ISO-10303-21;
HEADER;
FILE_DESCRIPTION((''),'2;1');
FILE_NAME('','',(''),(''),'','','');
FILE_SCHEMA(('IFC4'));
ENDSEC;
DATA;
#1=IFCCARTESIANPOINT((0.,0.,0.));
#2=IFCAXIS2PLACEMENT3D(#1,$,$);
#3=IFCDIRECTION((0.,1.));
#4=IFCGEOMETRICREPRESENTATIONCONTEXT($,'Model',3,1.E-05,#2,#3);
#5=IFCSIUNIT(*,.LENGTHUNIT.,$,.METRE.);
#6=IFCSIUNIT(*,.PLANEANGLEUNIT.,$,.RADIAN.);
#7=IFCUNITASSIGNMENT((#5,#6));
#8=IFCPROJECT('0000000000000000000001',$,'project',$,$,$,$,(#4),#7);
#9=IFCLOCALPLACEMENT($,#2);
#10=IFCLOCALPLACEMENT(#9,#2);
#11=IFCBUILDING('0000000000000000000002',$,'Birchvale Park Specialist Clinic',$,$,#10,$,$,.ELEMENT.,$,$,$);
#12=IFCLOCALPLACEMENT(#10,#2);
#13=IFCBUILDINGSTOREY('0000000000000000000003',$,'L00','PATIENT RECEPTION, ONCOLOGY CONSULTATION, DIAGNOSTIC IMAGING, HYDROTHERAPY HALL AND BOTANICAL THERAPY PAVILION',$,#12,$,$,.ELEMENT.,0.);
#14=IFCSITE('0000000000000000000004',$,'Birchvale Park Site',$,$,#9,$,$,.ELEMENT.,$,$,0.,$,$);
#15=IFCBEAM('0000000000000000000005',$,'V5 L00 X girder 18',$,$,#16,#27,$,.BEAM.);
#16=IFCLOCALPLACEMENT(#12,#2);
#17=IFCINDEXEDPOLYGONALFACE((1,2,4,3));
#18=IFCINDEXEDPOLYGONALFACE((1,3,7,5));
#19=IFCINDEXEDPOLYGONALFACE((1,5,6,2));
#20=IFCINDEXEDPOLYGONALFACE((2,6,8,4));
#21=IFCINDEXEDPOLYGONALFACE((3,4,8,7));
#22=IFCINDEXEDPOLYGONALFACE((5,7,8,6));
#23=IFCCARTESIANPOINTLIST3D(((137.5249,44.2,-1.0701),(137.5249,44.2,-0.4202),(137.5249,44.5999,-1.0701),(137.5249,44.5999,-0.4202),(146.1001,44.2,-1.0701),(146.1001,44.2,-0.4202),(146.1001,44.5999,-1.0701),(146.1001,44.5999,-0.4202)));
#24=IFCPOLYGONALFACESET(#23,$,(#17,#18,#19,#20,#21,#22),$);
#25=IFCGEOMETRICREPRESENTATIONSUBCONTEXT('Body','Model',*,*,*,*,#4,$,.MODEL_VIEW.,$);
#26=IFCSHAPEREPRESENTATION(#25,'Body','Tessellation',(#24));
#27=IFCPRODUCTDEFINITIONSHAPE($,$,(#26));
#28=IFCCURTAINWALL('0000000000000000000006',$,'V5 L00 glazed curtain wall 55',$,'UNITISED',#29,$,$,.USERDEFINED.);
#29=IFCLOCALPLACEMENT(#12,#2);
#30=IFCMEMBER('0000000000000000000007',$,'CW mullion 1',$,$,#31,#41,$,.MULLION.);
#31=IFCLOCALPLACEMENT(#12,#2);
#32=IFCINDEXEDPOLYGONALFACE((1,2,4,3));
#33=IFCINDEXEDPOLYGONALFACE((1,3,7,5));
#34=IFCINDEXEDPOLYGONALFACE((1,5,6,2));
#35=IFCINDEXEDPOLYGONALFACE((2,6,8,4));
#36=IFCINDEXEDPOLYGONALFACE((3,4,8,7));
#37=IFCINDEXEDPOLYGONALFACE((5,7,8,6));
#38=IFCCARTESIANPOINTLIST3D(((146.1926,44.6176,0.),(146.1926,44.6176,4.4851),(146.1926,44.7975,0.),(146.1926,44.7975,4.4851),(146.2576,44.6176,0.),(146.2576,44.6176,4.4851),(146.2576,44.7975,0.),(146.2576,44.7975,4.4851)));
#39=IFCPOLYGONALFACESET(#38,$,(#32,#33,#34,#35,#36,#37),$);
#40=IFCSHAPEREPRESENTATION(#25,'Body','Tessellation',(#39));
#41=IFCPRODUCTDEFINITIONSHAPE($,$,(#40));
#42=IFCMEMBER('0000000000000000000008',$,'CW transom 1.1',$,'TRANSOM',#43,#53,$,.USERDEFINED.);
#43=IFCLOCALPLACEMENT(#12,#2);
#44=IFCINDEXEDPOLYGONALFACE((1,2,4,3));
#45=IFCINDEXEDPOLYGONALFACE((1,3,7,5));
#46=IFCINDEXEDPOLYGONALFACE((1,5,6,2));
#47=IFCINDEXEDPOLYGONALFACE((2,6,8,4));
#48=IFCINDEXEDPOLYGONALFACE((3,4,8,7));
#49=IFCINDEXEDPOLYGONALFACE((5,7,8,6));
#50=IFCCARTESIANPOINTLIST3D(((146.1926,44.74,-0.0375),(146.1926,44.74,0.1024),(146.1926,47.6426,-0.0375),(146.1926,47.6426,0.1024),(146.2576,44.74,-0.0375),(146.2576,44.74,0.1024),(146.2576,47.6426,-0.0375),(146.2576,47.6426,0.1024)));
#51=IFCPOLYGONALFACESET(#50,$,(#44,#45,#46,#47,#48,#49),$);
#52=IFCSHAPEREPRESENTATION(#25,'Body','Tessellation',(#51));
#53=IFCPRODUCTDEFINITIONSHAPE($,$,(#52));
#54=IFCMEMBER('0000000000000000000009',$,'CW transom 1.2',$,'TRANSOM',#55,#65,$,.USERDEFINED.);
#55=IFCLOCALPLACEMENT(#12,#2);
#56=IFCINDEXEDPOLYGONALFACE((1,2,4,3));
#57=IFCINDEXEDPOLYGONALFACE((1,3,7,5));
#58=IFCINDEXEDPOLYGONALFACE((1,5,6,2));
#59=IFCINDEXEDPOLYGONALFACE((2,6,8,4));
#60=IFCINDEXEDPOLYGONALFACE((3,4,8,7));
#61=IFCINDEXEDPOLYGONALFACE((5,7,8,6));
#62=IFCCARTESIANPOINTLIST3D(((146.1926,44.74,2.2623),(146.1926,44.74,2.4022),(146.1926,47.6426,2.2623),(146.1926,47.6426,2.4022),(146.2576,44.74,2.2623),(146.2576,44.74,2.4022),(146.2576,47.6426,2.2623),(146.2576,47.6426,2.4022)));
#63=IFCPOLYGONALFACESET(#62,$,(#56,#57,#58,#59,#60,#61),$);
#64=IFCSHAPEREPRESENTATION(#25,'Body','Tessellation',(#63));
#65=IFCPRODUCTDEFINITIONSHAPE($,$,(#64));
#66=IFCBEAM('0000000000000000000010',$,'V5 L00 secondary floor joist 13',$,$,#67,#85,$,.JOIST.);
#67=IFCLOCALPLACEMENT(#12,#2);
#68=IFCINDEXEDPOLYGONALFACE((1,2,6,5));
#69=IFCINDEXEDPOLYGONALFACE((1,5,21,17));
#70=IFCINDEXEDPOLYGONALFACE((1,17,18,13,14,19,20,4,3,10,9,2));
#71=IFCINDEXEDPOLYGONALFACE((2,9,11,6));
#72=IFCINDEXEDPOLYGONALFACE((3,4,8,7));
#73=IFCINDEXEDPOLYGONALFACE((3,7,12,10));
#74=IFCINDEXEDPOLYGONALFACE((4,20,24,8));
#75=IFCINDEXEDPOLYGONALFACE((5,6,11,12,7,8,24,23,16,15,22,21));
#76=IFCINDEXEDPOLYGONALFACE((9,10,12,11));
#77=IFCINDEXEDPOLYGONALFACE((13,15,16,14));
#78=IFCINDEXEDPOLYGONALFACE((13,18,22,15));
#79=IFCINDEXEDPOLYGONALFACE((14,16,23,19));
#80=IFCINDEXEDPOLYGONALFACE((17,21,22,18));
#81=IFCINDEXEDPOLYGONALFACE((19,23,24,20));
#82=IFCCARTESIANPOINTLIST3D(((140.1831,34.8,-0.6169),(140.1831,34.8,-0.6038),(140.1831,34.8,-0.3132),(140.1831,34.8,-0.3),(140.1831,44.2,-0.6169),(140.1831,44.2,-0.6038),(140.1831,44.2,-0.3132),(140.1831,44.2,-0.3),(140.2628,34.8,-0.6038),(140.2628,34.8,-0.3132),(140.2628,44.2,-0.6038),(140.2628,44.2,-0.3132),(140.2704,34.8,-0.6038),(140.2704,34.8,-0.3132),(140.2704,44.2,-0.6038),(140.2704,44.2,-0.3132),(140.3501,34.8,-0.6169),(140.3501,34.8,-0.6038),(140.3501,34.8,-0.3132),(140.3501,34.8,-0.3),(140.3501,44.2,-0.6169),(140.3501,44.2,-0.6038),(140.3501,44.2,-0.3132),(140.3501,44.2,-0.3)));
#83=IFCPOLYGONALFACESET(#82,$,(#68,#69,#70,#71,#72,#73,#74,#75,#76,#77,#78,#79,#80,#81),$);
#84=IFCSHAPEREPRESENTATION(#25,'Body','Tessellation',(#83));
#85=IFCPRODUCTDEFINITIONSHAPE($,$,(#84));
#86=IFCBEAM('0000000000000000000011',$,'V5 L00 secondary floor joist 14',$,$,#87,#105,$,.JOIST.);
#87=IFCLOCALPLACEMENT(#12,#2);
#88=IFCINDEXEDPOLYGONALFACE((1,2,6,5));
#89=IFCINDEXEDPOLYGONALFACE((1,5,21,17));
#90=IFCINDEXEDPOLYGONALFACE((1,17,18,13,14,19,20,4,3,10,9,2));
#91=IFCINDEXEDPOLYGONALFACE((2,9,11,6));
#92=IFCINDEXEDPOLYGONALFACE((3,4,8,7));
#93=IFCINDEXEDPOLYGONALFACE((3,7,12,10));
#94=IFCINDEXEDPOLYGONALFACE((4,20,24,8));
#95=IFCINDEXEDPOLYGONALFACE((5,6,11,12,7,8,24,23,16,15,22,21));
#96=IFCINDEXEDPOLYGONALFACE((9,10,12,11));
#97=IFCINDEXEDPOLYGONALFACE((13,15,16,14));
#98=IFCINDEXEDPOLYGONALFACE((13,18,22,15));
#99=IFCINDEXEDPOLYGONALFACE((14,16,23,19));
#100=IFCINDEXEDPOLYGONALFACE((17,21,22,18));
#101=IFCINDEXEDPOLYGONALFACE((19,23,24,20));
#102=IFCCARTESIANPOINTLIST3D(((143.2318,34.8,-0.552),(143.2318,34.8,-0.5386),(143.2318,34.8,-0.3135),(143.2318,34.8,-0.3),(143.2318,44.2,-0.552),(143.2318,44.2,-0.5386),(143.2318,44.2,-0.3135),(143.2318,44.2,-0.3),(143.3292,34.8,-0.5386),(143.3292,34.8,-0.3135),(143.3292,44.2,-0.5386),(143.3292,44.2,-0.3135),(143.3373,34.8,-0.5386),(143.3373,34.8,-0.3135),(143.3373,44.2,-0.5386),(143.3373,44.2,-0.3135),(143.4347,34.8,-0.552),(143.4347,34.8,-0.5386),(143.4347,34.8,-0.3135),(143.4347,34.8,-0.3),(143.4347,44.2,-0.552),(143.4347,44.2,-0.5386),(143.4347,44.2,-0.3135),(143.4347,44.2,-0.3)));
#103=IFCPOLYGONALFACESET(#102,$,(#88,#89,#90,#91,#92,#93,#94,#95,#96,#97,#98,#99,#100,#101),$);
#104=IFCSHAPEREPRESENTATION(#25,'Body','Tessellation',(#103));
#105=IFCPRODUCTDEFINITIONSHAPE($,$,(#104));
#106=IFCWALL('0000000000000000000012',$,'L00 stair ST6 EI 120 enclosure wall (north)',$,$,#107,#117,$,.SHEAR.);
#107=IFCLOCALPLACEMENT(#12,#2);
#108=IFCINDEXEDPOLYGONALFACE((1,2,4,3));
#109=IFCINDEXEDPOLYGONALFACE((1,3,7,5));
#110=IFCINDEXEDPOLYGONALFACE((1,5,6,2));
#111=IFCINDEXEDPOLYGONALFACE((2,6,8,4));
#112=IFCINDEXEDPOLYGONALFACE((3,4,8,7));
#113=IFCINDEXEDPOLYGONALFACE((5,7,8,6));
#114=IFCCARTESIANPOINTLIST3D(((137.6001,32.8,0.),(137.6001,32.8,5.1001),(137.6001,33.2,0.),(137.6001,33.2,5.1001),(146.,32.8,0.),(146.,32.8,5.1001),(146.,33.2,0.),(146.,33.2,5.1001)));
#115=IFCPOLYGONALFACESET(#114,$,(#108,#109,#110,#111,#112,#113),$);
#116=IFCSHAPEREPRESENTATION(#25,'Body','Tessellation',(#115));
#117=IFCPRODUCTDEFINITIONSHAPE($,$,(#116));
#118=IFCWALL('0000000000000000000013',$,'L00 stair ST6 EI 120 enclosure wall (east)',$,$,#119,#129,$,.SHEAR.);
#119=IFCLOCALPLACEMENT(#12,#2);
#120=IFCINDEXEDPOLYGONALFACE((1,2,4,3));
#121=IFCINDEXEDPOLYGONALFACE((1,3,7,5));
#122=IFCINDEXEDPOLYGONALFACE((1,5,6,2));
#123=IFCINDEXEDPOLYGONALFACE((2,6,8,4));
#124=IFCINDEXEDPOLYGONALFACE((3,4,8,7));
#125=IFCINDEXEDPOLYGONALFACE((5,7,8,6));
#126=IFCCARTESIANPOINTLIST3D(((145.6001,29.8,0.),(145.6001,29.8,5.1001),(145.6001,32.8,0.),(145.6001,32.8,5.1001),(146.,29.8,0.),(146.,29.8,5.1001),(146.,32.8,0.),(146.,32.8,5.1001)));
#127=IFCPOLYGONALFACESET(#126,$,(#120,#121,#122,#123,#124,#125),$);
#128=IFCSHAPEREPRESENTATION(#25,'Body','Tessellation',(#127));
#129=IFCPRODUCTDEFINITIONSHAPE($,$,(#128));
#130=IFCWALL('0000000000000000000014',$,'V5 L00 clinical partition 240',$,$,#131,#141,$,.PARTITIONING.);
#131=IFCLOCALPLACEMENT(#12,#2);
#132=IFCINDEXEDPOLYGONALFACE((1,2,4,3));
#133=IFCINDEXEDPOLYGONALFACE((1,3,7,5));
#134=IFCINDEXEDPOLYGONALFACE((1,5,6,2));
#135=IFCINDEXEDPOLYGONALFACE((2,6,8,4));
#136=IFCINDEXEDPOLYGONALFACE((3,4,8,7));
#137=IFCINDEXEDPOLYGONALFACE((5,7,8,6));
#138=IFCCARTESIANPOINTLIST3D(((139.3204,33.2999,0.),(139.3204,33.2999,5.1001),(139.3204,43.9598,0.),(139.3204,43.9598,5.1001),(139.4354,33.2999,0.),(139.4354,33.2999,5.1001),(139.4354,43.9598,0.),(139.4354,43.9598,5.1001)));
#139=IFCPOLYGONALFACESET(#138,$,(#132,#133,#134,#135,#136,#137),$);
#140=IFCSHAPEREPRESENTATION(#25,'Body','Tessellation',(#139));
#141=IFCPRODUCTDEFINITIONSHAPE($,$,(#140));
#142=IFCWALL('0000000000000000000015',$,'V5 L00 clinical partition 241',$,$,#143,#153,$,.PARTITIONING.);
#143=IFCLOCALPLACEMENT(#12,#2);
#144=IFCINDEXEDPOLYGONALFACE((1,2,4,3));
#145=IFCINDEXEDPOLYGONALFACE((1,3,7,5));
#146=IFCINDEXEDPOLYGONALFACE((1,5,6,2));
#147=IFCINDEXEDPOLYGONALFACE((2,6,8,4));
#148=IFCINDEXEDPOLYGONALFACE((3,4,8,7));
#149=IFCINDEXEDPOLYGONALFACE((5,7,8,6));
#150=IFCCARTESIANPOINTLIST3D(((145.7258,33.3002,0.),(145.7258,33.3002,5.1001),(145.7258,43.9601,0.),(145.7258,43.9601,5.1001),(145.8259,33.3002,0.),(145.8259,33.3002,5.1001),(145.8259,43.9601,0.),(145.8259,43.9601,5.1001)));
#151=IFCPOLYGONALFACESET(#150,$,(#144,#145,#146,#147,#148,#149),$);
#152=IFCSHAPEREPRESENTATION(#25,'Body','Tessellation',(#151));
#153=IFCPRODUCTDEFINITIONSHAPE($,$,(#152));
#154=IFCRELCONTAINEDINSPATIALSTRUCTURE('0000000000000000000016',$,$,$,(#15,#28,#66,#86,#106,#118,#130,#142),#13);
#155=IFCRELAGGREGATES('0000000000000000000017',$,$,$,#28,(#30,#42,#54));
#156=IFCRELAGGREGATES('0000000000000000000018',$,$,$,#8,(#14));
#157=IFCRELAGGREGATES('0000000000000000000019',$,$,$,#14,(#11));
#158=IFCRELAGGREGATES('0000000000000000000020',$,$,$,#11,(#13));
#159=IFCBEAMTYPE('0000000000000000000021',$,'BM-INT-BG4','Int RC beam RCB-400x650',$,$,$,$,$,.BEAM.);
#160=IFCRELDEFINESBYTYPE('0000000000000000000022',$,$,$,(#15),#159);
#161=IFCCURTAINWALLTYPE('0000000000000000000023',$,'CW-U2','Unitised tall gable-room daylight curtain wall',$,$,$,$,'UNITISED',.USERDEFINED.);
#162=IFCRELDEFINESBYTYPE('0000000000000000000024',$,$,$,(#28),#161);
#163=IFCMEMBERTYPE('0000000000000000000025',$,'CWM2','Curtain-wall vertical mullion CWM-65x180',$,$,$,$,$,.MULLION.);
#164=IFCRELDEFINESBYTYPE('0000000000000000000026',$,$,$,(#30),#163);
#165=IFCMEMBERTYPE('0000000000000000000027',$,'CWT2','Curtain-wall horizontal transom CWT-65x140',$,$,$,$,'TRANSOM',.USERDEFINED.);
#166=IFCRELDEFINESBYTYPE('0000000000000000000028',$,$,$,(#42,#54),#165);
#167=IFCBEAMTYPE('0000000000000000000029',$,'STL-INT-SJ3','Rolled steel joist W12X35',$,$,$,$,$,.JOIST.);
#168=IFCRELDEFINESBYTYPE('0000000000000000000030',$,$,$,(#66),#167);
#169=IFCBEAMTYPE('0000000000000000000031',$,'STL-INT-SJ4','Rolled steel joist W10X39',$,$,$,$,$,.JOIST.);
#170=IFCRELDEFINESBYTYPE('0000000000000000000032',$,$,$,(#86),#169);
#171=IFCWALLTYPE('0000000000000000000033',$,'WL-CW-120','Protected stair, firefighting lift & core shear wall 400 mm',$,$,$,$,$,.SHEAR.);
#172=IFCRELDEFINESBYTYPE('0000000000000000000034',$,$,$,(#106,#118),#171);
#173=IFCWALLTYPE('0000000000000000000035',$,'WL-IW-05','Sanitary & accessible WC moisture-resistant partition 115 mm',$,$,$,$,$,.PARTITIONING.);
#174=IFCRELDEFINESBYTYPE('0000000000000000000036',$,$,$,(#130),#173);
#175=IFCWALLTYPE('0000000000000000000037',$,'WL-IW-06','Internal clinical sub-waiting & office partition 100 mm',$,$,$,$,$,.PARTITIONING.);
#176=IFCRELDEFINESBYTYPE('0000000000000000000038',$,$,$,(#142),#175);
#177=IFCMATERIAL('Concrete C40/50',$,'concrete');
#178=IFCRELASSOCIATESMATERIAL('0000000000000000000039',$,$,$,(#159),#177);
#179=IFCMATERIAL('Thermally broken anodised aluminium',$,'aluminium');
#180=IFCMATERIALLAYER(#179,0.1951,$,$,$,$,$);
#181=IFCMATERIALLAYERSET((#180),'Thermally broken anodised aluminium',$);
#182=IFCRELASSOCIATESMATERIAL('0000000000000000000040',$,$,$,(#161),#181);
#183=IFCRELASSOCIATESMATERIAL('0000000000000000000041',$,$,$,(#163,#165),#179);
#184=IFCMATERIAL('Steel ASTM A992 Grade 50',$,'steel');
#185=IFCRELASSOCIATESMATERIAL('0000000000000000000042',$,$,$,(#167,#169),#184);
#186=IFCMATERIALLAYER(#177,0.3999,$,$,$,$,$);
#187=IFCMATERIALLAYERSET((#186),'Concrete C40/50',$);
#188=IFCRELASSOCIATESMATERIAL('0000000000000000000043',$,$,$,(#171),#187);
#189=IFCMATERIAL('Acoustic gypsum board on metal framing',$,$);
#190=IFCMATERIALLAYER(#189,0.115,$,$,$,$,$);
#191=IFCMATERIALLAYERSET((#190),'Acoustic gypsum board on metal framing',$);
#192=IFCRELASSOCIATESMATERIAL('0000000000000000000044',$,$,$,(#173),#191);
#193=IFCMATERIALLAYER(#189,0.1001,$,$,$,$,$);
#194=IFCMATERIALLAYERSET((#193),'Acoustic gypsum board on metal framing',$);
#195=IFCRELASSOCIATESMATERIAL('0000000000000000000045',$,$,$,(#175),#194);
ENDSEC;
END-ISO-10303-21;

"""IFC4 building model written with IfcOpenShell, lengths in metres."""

from ifc_helpers import new_model, si_unit, direction, frame, frame_2d, origin, origin_2d, place, context, subcontext, project, spatial, rectangle, i_section, extrude, material, layer, layer_set, material_profile, profile_set, type_object, element, aggregate, save


model = new_model("IFC4")

# Units and contexts
model_context = context("Model", 3, precision=1e-05, world=origin(), true_north=direction((0.0, 1.0)))
body_context = subcontext(model_context, "Body", "Model", "MODEL_VIEW")
ifc_project = project(units=[si_unit("LENGTHUNIT", "METRE"), si_unit("PLANEANGLEUNIT", "RADIAN")], contexts=[model_context])

# Site, building, storey
site_placement = place(None, origin())
site = spatial("IfcSite", under=ifc_project, at=site_placement, Name="Birchvale Park Site", CompositionType="ELEMENT", RefElevation=0.0)
building_placement = place(site_placement, origin())
building = spatial("IfcBuilding", under=site, at=building_placement, Name="Birchvale Park Specialist Clinic", CompositionType="ELEMENT")
storey_placement = place(building_placement, origin())
storey = spatial("IfcBuildingStorey", under=building, at=storey_placement, Name="L00", Description="PATIENT RECEPTION, ONCOLOGY CONSULTATION, DIAGNOSTIC IMAGING, HYDROTHERAPY HALL AND BOTANICAL THERAPY PAVILION", CompositionType="ELEMENT", Elevation=0.0)

# Beam
ifc_material_1 = material(Name="Concrete C40/50", Category="concrete")
ifc_material_profile_1 = material_profile(ifc_material_1, rectangle(XDim=0.3999, YDim=0.6499, at=origin_2d()), Name="RCB-400x650")
ifc_profile_set_1 = profile_set([ifc_material_profile_1], Name="Concrete C40/50")
beam_type_1 = type_object("IfcBeamType", Name="BM-INT-BG4", Description="Int RC beam RCB-400x650", PredefinedType="BEAM", material=ifc_profile_set_1)
beam_1_placement = place(storey_placement, frame((137.5249, 44.3999, -0.7451), z_axis=(1.0, 0.0, 0.0), x_axis=(0.0, 1.0, 0.0)))
element("IfcBeam", 1, at=beam_1_placement, inside=storey, type_object=beam_type_1, Name="V5 L00 X girder 18", PredefinedType="BEAM", context=body_context, shape_type="SweptSolid", body=[
    extrude(rectangle(XDim=0.3999, YDim=0.6499, at=origin_2d()), origin(), (0.0, 0.0, 1.0), 8.5752),
])

# Curtain wall, members
ifc_material_2 = material(Name="Thermally broken anodised aluminium", Category="aluminium")
ifc_layer_1 = layer(ifc_material_2, 0.1951)
ifc_layer_set_1 = layer_set([ifc_layer_1], Name="Thermally broken anodised aluminium")
curtain_wall_type = type_object("IfcCurtainWallType", Name="CW-U2", Description="Unitised tall gable-room daylight curtain wall", ElementType="UNITISED", PredefinedType="USERDEFINED", material=ifc_layer_set_1)
curtain_wall_placement = place(storey_placement, origin())
curtain_wall = element("IfcCurtainWall", 2, at=curtain_wall_placement, inside=storey, type_object=curtain_wall_type, Name="V5 L00 glazed curtain wall 55", ObjectType="UNITISED", PredefinedType="USERDEFINED")
ifc_material_profile_2 = material_profile(ifc_material_2, rectangle(XDim=0.0649, YDim=0.1799, at=origin_2d()), Name="CWM-65x180")
ifc_profile_set_2 = profile_set([ifc_material_profile_2], Name="Thermally broken anodised aluminium")
member_type_1 = type_object("IfcMemberType", Name="CWM2", Description="Curtain-wall vertical mullion CWM-65x180", PredefinedType="MULLION", material=ifc_profile_set_2)
member_1_placement = place(storey_placement, frame((146.2251, 44.7075, 0.0), z_axis=(0.0, 0.0, 1.0), x_axis=(-1.0, 0.0, 0.0)))
member_1 = element("IfcMember", 3, at=member_1_placement, type_object=member_type_1, Name="CW mullion 1", PredefinedType="MULLION", context=body_context, shape_type="SweptSolid", body=[
    extrude(rectangle(XDim=0.0649, YDim=0.1799, at=origin_2d()), origin(), (0.0, 0.0, 1.0), 4.4851),
])
ifc_material_profile_3 = material_profile(ifc_material_2, rectangle(XDim=0.0649, YDim=0.1399, at=origin_2d()), Name="CWT-65x140")
ifc_profile_set_3 = profile_set([ifc_material_profile_3], Name="Thermally broken anodised aluminium")
member_type_2 = type_object("IfcMemberType", Name="CWT2", Description="Curtain-wall horizontal transom CWT-65x140", ElementType="TRANSOM", PredefinedType="USERDEFINED", material=ifc_profile_set_3)
member_2_placement = place(storey_placement, frame((146.2251, 44.74, 0.0325), z_axis=(0.0, 1.0, 0.0), x_axis=(-1.0, 0.0, 0.0)))
member_2 = element("IfcMember", 4, at=member_2_placement, type_object=member_type_2, Name="CW transom 1.1", ObjectType="TRANSOM", PredefinedType="USERDEFINED", context=body_context, shape_type="SweptSolid", body=[
    extrude(rectangle(XDim=0.0649, YDim=0.1399, at=origin_2d()), origin(), (0.0, 0.0, 1.0), 2.9026),
])
member_3_placement = place(storey_placement, frame((146.2251, 44.74, 2.3323), z_axis=(0.0, 1.0, 0.0), x_axis=(-1.0, 0.0, 0.0)))
member_3 = element("IfcMember", 5, at=member_3_placement, type_object=member_type_2, Name="CW transom 1.2", ObjectType="TRANSOM", PredefinedType="USERDEFINED", context=body_context, shape_type="SweptSolid", body=[
    extrude(rectangle(XDim=0.0649, YDim=0.1399, at=origin_2d()), origin(), (0.0, 0.0, 1.0), 2.9026),
])
aggregate(curtain_wall, [member_1, member_2, member_3])

# Beams
ifc_material_3 = material(Name="Steel ASTM A992 Grade 50", Category="steel")
ifc_material_profile_4 = material_profile(ifc_material_3, i_section(OverallWidth=0.167, OverallDepth=0.3169, WebThickness=0.0076, FlangeThickness=0.0132, at=origin_2d()), Name="W12X35")
ifc_profile_set_4 = profile_set([ifc_material_profile_4], Name="Steel ASTM A992 Grade 50")
beam_type_2 = type_object("IfcBeamType", Name="STL-INT-SJ3", Description="Rolled steel joist W12X35", PredefinedType="JOIST", material=ifc_profile_set_4)
beam_2_placement = place(storey_placement, frame((140.2666, 34.8, -0.4585), z_axis=(0.0, 1.0, 0.0), x_axis=(-1.0, 0.0, 0.0)))
element("IfcBeam", 6, at=beam_2_placement, inside=storey, type_object=beam_type_2, Name="V5 L00 secondary floor joist 13", PredefinedType="JOIST", context=body_context, shape_type="SweptSolid", body=[
    extrude(i_section(OverallWidth=0.167, OverallDepth=0.3169, WebThickness=0.0076, FlangeThickness=0.0132, at=origin_2d()), origin(), (0.0, 0.0, 1.0), 9.3999),
])
ifc_material_profile_5 = material_profile(ifc_material_3, i_section(OverallWidth=0.2029, OverallDepth=0.252, WebThickness=0.0081, FlangeThickness=0.0134, at=origin_2d()), Name="W10X39")
ifc_profile_set_5 = profile_set([ifc_material_profile_5], Name="Steel ASTM A992 Grade 50")
beam_type_3 = type_object("IfcBeamType", Name="STL-INT-SJ4", Description="Rolled steel joist W10X39", PredefinedType="JOIST", material=ifc_profile_set_5)
beam_3_placement = place(storey_placement, frame((143.3333, 34.8, -0.426), z_axis=(0.0, 1.0, 0.0), x_axis=(-1.0, 0.0, 0.0)))
element("IfcBeam", 7, at=beam_3_placement, inside=storey, type_object=beam_type_3, Name="V5 L00 secondary floor joist 14", PredefinedType="JOIST", context=body_context, shape_type="SweptSolid", body=[
    extrude(i_section(OverallWidth=0.2029, OverallDepth=0.252, WebThickness=0.0081, FlangeThickness=0.0134, at=origin_2d()), origin(), (0.0, 0.0, 1.0), 9.3999),
])

# Walls
ifc_layer_2 = layer(ifc_material_1, 0.3999)
ifc_layer_set_2 = layer_set([ifc_layer_2], Name="Concrete C40/50")
wall_type_1 = type_object("IfcWallType", Name="WL-CW-120", Description="Protected stair, firefighting lift & core shear wall 400 mm", PredefinedType="SHEAR", material=ifc_layer_set_2)
wall_1_placement = place(storey_placement, frame((146.0, 33.0, 0.0), z_axis=(0.0, 0.0, 1.0), x_axis=(-1.0, 0.0, 0.0)))
element("IfcWall", 8, at=wall_1_placement, inside=storey, type_object=wall_type_1, Name="L00 stair ST6 EI 120 enclosure wall (north)", PredefinedType="SHEAR", context=body_context, shape_type="SweptSolid", body=[
    extrude(rectangle(XDim=8.3999, YDim=0.3999, at=frame_2d((4.2, 0.0))), origin(), (0.0, 0.0, 1.0), 5.1001),
])
wall_2_placement = place(storey_placement, frame((145.8, 32.8, 0.0), z_axis=(0.0, 0.0, 1.0), x_axis=(0.0, -1.0, 0.0)))
element("IfcWall", 9, at=wall_2_placement, inside=storey, type_object=wall_type_1, Name="L00 stair ST6 EI 120 enclosure wall (east)", PredefinedType="SHEAR", context=body_context, shape_type="SweptSolid", body=[
    extrude(rectangle(XDim=3.0, YDim=0.3999, at=frame_2d((1.5, 0.0))), origin(), (0.0, 0.0, 1.0), 5.1001),
])
ifc_material_4 = material(Name="Acoustic gypsum board on metal framing")
ifc_layer_3 = layer(ifc_material_4, 0.115)
ifc_layer_set_3 = layer_set([ifc_layer_3], Name="Acoustic gypsum board on metal framing")
wall_type_2 = type_object("IfcWallType", Name="WL-IW-05", Description="Sanitary & accessible WC moisture-resistant partition 115 mm", PredefinedType="PARTITIONING", material=ifc_layer_set_3)
wall_3_placement = place(storey_placement, frame((139.3779, 43.96, 0.0), z_axis=(0.0, 0.0, 1.0), x_axis=(0.0, -1.0, 0.0)))
element("IfcWall", 10, at=wall_3_placement, inside=storey, type_object=wall_type_2, Name="V5 L00 clinical partition 240", PredefinedType="PARTITIONING", context=body_context, shape_type="SweptSolid", body=[
    extrude(rectangle(XDim=10.6599, YDim=0.115, at=frame_2d((5.3301, 0.0))), origin(), (0.0, 0.0, 1.0), 5.1001),
])
ifc_layer_4 = layer(ifc_material_4, 0.1001)
ifc_layer_set_4 = layer_set([ifc_layer_4], Name="Acoustic gypsum board on metal framing")
wall_type_3 = type_object("IfcWallType", Name="WL-IW-06", Description="Internal clinical sub-waiting & office partition 100 mm", PredefinedType="PARTITIONING", material=ifc_layer_set_4)
wall_4_placement = place(storey_placement, frame((145.7759, 33.3, 0.0), z_axis=(0.0, 0.0, 1.0), x_axis=(0.0, 1.0, 0.0)))
element("IfcWall", 11, at=wall_4_placement, inside=storey, type_object=wall_type_3, Name="V5 L00 clinical partition 241", PredefinedType="PARTITIONING", context=body_context, shape_type="SweptSolid", body=[
    extrude(rectangle(XDim=10.6599, YDim=0.1001, at=frame_2d((5.3301, 0.0))), origin(), (0.0, 0.0, 1.0), 5.1001),
])

save(model, "model.ifc")
